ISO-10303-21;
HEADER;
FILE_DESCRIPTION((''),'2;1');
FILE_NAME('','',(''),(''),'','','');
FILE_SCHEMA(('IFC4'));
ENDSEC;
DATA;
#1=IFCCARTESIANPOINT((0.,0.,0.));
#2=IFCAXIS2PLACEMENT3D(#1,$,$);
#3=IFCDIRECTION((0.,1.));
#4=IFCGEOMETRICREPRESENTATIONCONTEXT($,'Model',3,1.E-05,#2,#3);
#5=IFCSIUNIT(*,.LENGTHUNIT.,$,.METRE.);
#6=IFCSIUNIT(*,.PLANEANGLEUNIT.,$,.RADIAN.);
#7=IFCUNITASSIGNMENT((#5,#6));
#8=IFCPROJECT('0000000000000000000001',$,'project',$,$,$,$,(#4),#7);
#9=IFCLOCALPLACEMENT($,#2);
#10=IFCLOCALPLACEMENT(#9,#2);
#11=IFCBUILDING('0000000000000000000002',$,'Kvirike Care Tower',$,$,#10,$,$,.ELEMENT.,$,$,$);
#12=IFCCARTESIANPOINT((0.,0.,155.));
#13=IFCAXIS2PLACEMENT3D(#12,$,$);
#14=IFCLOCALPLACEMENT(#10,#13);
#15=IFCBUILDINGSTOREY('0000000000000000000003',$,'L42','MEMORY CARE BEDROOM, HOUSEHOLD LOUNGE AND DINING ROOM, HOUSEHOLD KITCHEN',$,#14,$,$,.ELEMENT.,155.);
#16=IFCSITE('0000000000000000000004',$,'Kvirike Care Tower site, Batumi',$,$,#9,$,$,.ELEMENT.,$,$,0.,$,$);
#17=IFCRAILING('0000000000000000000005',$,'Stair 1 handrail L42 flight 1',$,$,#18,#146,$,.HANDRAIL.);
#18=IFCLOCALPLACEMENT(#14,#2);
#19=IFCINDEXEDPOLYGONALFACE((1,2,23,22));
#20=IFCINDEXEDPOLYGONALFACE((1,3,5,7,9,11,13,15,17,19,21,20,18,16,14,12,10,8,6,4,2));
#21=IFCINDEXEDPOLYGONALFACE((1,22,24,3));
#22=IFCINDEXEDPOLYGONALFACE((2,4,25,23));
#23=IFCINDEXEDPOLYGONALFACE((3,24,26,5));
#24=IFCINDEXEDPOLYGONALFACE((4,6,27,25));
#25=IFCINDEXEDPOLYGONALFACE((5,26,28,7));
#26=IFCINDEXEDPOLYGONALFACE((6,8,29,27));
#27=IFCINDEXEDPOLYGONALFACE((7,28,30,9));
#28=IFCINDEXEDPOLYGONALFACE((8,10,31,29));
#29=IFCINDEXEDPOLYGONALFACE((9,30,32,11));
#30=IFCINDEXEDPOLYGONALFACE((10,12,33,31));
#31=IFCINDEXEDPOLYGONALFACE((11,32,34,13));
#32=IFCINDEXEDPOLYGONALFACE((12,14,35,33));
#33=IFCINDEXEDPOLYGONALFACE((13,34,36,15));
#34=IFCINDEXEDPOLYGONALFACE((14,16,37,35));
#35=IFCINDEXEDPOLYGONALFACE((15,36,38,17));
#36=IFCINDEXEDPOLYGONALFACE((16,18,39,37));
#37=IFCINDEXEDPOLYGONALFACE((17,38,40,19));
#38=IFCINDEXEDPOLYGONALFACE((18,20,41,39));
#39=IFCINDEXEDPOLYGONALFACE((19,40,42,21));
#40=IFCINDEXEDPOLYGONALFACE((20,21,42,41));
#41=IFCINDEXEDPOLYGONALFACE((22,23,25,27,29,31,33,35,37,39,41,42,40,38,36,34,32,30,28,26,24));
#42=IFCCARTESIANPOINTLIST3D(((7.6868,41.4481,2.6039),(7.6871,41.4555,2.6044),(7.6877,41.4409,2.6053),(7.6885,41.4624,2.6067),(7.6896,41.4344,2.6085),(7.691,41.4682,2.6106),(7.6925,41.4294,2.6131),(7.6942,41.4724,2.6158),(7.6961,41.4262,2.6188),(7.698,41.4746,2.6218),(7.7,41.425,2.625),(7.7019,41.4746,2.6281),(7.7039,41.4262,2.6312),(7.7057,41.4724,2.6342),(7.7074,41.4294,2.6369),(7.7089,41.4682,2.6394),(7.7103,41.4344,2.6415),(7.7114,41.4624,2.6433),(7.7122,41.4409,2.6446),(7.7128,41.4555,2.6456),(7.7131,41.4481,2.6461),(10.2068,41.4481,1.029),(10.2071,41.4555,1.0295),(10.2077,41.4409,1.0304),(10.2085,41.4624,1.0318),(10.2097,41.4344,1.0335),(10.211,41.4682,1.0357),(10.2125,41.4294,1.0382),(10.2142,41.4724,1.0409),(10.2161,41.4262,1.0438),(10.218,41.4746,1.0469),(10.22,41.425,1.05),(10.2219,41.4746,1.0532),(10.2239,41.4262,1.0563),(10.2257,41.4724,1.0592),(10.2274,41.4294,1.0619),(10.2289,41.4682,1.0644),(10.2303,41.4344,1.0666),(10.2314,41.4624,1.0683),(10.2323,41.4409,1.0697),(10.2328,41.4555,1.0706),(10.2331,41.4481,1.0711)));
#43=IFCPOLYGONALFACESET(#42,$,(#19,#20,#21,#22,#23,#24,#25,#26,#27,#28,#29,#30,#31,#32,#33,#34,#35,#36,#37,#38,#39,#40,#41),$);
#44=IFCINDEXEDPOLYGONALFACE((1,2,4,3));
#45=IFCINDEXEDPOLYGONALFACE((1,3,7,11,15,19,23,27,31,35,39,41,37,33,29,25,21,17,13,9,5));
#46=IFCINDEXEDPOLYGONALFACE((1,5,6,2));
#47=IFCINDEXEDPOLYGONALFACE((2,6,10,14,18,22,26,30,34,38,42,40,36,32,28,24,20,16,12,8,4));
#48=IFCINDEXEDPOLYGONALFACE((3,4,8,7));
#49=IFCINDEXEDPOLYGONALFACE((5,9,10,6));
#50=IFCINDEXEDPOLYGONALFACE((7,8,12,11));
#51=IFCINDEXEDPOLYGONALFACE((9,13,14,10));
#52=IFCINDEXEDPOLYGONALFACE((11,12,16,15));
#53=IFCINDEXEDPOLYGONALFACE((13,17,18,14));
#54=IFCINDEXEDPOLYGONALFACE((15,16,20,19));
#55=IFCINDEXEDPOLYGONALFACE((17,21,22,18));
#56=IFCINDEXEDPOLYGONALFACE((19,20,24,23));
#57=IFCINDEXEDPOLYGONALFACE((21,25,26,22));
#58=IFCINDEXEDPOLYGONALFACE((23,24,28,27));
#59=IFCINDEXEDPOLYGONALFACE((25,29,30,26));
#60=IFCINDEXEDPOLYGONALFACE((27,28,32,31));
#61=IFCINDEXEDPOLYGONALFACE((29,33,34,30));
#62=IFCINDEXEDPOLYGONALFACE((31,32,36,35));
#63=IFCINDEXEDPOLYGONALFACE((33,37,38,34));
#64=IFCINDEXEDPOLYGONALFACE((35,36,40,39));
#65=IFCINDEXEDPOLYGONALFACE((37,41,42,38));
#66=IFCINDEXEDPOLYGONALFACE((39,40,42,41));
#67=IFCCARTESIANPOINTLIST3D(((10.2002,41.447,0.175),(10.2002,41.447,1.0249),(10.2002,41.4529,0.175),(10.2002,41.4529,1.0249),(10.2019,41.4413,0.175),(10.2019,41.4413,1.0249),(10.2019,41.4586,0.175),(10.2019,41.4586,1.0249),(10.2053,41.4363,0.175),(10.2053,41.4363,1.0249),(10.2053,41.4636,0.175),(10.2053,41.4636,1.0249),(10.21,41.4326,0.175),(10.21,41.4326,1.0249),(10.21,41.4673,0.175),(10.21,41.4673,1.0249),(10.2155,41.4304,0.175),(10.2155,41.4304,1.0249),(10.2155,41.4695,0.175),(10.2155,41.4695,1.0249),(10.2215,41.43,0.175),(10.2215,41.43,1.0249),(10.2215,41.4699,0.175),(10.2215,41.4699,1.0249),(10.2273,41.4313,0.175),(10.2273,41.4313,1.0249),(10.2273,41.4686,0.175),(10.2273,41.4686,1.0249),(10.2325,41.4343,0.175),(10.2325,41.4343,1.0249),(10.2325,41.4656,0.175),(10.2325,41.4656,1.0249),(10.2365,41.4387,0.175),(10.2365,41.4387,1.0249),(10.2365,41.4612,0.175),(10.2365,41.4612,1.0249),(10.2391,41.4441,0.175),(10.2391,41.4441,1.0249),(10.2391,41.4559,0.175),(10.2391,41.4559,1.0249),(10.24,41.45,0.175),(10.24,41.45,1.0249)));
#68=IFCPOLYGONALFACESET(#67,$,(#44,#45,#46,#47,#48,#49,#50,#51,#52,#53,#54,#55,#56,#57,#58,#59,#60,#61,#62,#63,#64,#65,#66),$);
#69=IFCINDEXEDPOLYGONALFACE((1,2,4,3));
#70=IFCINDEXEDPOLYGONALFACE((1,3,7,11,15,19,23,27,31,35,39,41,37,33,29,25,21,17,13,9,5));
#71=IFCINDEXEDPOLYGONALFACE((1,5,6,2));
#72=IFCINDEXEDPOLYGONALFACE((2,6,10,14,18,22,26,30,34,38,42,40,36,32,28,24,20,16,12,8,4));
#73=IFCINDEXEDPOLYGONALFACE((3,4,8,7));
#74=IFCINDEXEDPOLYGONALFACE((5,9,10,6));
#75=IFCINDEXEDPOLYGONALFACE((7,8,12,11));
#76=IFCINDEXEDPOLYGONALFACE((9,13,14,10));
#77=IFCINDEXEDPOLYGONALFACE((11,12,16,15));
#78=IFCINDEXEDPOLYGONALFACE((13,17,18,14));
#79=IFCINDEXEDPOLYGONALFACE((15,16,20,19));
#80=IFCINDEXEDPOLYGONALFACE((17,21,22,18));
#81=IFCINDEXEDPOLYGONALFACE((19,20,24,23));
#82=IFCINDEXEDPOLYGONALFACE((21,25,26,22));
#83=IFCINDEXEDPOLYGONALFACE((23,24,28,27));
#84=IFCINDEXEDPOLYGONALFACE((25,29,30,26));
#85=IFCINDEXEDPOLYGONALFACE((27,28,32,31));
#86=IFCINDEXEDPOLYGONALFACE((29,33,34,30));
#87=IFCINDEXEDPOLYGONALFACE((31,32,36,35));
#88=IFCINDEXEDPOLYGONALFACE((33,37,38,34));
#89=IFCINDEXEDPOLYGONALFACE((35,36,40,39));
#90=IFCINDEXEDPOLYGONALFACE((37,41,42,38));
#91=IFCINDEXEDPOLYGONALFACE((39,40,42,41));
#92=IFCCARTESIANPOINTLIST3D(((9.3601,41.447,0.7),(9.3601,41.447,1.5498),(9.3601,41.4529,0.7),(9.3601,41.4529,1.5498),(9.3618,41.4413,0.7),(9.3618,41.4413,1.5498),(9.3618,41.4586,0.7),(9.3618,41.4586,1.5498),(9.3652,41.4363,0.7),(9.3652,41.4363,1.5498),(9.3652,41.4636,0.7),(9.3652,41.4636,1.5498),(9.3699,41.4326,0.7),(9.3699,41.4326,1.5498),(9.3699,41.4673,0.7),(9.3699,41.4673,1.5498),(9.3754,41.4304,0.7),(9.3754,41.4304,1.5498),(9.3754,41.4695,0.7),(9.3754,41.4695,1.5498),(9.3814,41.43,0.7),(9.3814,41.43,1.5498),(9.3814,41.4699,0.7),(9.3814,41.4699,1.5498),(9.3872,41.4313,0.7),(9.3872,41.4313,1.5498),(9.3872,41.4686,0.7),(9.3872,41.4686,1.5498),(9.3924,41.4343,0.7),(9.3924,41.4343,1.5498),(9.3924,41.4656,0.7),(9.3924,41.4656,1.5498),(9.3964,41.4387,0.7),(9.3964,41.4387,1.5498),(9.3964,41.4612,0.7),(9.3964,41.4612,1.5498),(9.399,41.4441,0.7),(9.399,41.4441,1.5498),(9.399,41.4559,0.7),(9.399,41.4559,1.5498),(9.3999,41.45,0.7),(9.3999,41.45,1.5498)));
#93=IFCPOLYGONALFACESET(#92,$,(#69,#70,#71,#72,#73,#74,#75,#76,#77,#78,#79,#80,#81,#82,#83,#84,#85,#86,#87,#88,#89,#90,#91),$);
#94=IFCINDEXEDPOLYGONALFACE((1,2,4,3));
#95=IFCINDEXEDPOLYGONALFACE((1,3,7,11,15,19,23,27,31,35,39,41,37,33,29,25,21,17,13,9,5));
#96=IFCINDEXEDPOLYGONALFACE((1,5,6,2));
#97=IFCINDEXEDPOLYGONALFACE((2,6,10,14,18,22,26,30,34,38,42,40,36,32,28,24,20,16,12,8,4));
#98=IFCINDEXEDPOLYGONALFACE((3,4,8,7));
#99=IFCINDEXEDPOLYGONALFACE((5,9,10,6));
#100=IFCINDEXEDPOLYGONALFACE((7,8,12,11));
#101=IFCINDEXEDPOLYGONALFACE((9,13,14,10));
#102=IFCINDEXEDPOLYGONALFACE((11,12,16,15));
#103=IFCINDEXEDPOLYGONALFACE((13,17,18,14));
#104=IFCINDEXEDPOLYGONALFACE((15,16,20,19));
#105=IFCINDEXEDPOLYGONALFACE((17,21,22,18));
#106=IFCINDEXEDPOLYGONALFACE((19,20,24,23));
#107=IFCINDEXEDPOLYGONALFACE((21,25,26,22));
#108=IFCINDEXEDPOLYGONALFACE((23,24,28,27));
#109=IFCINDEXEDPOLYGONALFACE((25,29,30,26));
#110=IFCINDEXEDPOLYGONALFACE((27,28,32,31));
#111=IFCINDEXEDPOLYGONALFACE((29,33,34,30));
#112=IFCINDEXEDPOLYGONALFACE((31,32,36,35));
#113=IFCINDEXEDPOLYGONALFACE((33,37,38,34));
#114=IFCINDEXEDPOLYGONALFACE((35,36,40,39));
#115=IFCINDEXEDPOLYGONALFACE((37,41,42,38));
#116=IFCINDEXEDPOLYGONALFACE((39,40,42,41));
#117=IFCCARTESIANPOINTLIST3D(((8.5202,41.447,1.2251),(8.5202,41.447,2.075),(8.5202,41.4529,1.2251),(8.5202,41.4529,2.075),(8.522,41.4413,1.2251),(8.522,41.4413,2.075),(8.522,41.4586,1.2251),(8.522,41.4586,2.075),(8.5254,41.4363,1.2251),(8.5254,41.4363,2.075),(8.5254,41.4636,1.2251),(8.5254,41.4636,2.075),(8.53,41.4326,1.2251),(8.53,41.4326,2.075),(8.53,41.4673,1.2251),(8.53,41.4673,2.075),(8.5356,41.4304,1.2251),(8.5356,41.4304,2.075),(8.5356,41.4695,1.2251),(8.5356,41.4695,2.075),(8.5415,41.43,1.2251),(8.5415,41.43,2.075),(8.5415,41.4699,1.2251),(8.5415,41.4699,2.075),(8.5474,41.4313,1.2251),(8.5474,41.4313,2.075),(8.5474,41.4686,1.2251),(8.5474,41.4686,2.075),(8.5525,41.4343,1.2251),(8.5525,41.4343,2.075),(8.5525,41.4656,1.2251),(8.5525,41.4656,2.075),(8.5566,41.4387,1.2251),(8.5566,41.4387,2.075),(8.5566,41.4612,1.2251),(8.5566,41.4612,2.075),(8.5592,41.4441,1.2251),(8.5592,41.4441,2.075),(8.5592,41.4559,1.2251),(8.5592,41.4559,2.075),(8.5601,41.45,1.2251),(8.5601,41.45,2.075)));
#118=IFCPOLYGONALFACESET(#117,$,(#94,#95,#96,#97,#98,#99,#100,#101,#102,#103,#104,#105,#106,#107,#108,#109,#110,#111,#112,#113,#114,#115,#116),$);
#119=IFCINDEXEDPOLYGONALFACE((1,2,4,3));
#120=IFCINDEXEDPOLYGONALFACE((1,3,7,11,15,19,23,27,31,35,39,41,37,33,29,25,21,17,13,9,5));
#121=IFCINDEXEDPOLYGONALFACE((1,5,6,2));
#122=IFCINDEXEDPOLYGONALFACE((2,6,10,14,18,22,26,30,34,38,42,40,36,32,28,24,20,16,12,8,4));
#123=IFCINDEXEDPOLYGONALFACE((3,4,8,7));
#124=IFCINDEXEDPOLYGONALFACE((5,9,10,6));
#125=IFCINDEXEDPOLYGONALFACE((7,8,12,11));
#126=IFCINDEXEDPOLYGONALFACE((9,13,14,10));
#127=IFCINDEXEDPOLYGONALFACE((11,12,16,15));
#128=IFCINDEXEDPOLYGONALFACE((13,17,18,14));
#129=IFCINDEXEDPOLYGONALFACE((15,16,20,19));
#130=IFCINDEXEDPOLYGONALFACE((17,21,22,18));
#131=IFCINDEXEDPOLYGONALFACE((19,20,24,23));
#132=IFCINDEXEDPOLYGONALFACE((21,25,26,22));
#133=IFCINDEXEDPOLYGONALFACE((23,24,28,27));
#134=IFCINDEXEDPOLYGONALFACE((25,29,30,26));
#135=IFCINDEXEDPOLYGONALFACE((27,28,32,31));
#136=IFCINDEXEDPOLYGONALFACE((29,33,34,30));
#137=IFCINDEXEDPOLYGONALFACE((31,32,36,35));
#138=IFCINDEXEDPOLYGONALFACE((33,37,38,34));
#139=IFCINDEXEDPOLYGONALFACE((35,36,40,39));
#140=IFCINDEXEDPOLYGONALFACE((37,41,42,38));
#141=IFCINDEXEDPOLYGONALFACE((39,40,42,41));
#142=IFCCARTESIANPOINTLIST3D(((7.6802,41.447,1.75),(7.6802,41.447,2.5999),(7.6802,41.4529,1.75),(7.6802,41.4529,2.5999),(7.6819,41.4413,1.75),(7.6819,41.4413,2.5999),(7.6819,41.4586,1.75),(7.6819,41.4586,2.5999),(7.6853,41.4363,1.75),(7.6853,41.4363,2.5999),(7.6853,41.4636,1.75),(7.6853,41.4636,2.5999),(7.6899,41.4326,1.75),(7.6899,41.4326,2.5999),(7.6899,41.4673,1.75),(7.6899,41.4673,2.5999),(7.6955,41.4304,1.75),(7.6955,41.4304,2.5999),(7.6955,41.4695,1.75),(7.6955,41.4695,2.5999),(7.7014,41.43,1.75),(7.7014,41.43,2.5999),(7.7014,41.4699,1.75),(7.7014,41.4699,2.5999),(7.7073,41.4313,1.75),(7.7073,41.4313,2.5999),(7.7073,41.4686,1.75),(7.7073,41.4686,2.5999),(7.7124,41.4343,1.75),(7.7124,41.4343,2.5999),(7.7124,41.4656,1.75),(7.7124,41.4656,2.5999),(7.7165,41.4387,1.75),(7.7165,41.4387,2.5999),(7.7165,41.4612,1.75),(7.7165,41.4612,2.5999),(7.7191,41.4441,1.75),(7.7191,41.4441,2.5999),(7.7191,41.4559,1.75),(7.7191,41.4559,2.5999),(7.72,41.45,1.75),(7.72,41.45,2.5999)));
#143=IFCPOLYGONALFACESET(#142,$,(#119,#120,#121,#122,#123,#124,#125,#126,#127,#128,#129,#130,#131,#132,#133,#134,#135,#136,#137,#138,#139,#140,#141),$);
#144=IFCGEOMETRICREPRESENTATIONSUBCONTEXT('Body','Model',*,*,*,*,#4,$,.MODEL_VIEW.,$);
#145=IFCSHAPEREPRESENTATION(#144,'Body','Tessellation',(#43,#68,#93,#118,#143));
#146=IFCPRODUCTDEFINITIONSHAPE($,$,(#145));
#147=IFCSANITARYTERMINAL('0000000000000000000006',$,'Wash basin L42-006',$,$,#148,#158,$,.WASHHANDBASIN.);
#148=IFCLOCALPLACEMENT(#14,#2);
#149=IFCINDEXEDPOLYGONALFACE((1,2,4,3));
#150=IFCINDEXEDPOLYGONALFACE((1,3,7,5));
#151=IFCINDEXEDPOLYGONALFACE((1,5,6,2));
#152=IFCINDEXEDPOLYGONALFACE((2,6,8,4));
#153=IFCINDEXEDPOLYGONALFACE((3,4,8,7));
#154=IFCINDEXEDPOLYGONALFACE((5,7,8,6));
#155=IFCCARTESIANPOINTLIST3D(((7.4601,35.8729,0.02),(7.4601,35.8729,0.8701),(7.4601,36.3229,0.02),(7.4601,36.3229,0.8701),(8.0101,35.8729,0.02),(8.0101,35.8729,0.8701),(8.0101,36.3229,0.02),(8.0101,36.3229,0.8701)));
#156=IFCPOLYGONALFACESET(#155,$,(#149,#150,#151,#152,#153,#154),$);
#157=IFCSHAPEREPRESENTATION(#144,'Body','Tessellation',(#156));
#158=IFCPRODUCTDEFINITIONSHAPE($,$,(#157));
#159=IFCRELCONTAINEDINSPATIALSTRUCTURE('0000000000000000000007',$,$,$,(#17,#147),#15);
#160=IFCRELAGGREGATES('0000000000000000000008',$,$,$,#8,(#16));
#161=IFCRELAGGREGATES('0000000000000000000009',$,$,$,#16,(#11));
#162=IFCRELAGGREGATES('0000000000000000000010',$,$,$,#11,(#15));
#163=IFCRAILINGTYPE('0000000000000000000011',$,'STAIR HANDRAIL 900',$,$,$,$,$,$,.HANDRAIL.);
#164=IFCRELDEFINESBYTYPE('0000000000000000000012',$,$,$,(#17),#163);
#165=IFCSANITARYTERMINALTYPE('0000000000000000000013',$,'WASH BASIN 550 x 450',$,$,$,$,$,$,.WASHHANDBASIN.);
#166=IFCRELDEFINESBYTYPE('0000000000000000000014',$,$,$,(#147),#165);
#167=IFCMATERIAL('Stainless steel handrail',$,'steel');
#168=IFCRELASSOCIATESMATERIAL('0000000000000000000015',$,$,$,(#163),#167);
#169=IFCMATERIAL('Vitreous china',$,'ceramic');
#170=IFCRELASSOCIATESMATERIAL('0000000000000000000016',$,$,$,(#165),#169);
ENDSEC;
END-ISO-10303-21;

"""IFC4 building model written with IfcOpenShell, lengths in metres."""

from ifc_helpers import new_model, si_unit, direction, frame, origin, origin_2d, place, context, subcontext, project, spatial, rectangle, circle, extrude, material, type_object, element, save


model = new_model("IFC4")

# Units and contexts
model_context = context("Model", 3, precision=1e-05, world=origin(), true_north=direction((0.0, 1.0)))
body_context = subcontext(model_context, "Body", "Model", "MODEL_VIEW")
ifc_project = project(units=[si_unit("LENGTHUNIT", "METRE"), si_unit("PLANEANGLEUNIT", "RADIAN")], contexts=[model_context])

# Site, building, storey
site_placement = place(None, origin())
site = spatial("IfcSite", under=ifc_project, at=site_placement, Name="Kvirike Care Tower site, Batumi", CompositionType="ELEMENT", RefElevation=0.0)
building_placement = place(site_placement, origin())
building = spatial("IfcBuilding", under=site, at=building_placement, Name="Kvirike Care Tower", CompositionType="ELEMENT")
storey_placement = place(building_placement, frame((0.0, 0.0, 155.0)))
storey = spatial("IfcBuildingStorey", under=building, at=storey_placement, Name="L42", Description="MEMORY CARE BEDROOM, HOUSEHOLD LOUNGE AND DINING ROOM, HOUSEHOLD KITCHEN", CompositionType="ELEMENT", Elevation=155.0)

# Railing
ifc_material_1 = material(Name="Stainless steel handrail", Category="steel")
railing_type = type_object("IfcRailingType", Name="STAIR HANDRAIL 900", PredefinedType="HANDRAIL", material=ifc_material_1)
railing_placement = place(storey_placement, frame((10.22, 41.45, 0.175)))
element("IfcRailing", 1, at=railing_placement, inside=storey, type_object=railing_type, Name="Stair 1 handrail L42 flight 1", PredefinedType="HANDRAIL", context=body_context, shape_type="SweptSolid", body=[
    extrude(circle(Radius=0.0249, at=origin_2d()), frame((0.0, 0.0, 0.875), z_axis=(-0.848008, 0.0, 0.529984), x_axis=(0.0, -1.0, 0.0)), (0.0, 0.0, 1.0), 2.9717),
    extrude(circle(Radius=0.02, at=origin_2d()), origin(), (0.0, 0.0, 1.0), 0.8499),
    extrude(circle(Radius=0.02, at=origin_2d()), frame((-0.8401, 0.0, 0.5249)), (0.0, 0.0, 1.0), 0.8499),
    extrude(circle(Radius=0.02, at=origin_2d()), frame((-1.6799, 0.0, 1.05)), (0.0, 0.0, 1.0), 0.8499),
    extrude(circle(Radius=0.02, at=origin_2d()), frame((-2.52, 0.0, 1.575)), (0.0, 0.0, 1.0), 0.8499),
])

# Sanitary terminal
ifc_material_2 = material(Name="Vitreous china", Category="ceramic")
sanitary_terminal_type = type_object("IfcSanitaryTerminalType", Name="WASH BASIN 550 x 450", PredefinedType="WASHHANDBASIN", material=ifc_material_2)
sanitary_terminal_placement = place(storey_placement, frame((7.7351, 36.0979, 0.02), z_axis=(0.0, 0.0, 1.0), x_axis=(1.0, 0.0, 0.0)))
element("IfcSanitaryTerminal", 2, at=sanitary_terminal_placement, inside=storey, type_object=sanitary_terminal_type, Name="Wash basin L42-006", PredefinedType="WASHHANDBASIN", context=body_context, shape_type="SweptSolid", body=[
    extrude(rectangle(XDim=0.55, YDim=0.45, at=origin_2d()), origin(), (0.0, 0.0, 1.0), 0.8501),
])

save(model, "model.ifc")
